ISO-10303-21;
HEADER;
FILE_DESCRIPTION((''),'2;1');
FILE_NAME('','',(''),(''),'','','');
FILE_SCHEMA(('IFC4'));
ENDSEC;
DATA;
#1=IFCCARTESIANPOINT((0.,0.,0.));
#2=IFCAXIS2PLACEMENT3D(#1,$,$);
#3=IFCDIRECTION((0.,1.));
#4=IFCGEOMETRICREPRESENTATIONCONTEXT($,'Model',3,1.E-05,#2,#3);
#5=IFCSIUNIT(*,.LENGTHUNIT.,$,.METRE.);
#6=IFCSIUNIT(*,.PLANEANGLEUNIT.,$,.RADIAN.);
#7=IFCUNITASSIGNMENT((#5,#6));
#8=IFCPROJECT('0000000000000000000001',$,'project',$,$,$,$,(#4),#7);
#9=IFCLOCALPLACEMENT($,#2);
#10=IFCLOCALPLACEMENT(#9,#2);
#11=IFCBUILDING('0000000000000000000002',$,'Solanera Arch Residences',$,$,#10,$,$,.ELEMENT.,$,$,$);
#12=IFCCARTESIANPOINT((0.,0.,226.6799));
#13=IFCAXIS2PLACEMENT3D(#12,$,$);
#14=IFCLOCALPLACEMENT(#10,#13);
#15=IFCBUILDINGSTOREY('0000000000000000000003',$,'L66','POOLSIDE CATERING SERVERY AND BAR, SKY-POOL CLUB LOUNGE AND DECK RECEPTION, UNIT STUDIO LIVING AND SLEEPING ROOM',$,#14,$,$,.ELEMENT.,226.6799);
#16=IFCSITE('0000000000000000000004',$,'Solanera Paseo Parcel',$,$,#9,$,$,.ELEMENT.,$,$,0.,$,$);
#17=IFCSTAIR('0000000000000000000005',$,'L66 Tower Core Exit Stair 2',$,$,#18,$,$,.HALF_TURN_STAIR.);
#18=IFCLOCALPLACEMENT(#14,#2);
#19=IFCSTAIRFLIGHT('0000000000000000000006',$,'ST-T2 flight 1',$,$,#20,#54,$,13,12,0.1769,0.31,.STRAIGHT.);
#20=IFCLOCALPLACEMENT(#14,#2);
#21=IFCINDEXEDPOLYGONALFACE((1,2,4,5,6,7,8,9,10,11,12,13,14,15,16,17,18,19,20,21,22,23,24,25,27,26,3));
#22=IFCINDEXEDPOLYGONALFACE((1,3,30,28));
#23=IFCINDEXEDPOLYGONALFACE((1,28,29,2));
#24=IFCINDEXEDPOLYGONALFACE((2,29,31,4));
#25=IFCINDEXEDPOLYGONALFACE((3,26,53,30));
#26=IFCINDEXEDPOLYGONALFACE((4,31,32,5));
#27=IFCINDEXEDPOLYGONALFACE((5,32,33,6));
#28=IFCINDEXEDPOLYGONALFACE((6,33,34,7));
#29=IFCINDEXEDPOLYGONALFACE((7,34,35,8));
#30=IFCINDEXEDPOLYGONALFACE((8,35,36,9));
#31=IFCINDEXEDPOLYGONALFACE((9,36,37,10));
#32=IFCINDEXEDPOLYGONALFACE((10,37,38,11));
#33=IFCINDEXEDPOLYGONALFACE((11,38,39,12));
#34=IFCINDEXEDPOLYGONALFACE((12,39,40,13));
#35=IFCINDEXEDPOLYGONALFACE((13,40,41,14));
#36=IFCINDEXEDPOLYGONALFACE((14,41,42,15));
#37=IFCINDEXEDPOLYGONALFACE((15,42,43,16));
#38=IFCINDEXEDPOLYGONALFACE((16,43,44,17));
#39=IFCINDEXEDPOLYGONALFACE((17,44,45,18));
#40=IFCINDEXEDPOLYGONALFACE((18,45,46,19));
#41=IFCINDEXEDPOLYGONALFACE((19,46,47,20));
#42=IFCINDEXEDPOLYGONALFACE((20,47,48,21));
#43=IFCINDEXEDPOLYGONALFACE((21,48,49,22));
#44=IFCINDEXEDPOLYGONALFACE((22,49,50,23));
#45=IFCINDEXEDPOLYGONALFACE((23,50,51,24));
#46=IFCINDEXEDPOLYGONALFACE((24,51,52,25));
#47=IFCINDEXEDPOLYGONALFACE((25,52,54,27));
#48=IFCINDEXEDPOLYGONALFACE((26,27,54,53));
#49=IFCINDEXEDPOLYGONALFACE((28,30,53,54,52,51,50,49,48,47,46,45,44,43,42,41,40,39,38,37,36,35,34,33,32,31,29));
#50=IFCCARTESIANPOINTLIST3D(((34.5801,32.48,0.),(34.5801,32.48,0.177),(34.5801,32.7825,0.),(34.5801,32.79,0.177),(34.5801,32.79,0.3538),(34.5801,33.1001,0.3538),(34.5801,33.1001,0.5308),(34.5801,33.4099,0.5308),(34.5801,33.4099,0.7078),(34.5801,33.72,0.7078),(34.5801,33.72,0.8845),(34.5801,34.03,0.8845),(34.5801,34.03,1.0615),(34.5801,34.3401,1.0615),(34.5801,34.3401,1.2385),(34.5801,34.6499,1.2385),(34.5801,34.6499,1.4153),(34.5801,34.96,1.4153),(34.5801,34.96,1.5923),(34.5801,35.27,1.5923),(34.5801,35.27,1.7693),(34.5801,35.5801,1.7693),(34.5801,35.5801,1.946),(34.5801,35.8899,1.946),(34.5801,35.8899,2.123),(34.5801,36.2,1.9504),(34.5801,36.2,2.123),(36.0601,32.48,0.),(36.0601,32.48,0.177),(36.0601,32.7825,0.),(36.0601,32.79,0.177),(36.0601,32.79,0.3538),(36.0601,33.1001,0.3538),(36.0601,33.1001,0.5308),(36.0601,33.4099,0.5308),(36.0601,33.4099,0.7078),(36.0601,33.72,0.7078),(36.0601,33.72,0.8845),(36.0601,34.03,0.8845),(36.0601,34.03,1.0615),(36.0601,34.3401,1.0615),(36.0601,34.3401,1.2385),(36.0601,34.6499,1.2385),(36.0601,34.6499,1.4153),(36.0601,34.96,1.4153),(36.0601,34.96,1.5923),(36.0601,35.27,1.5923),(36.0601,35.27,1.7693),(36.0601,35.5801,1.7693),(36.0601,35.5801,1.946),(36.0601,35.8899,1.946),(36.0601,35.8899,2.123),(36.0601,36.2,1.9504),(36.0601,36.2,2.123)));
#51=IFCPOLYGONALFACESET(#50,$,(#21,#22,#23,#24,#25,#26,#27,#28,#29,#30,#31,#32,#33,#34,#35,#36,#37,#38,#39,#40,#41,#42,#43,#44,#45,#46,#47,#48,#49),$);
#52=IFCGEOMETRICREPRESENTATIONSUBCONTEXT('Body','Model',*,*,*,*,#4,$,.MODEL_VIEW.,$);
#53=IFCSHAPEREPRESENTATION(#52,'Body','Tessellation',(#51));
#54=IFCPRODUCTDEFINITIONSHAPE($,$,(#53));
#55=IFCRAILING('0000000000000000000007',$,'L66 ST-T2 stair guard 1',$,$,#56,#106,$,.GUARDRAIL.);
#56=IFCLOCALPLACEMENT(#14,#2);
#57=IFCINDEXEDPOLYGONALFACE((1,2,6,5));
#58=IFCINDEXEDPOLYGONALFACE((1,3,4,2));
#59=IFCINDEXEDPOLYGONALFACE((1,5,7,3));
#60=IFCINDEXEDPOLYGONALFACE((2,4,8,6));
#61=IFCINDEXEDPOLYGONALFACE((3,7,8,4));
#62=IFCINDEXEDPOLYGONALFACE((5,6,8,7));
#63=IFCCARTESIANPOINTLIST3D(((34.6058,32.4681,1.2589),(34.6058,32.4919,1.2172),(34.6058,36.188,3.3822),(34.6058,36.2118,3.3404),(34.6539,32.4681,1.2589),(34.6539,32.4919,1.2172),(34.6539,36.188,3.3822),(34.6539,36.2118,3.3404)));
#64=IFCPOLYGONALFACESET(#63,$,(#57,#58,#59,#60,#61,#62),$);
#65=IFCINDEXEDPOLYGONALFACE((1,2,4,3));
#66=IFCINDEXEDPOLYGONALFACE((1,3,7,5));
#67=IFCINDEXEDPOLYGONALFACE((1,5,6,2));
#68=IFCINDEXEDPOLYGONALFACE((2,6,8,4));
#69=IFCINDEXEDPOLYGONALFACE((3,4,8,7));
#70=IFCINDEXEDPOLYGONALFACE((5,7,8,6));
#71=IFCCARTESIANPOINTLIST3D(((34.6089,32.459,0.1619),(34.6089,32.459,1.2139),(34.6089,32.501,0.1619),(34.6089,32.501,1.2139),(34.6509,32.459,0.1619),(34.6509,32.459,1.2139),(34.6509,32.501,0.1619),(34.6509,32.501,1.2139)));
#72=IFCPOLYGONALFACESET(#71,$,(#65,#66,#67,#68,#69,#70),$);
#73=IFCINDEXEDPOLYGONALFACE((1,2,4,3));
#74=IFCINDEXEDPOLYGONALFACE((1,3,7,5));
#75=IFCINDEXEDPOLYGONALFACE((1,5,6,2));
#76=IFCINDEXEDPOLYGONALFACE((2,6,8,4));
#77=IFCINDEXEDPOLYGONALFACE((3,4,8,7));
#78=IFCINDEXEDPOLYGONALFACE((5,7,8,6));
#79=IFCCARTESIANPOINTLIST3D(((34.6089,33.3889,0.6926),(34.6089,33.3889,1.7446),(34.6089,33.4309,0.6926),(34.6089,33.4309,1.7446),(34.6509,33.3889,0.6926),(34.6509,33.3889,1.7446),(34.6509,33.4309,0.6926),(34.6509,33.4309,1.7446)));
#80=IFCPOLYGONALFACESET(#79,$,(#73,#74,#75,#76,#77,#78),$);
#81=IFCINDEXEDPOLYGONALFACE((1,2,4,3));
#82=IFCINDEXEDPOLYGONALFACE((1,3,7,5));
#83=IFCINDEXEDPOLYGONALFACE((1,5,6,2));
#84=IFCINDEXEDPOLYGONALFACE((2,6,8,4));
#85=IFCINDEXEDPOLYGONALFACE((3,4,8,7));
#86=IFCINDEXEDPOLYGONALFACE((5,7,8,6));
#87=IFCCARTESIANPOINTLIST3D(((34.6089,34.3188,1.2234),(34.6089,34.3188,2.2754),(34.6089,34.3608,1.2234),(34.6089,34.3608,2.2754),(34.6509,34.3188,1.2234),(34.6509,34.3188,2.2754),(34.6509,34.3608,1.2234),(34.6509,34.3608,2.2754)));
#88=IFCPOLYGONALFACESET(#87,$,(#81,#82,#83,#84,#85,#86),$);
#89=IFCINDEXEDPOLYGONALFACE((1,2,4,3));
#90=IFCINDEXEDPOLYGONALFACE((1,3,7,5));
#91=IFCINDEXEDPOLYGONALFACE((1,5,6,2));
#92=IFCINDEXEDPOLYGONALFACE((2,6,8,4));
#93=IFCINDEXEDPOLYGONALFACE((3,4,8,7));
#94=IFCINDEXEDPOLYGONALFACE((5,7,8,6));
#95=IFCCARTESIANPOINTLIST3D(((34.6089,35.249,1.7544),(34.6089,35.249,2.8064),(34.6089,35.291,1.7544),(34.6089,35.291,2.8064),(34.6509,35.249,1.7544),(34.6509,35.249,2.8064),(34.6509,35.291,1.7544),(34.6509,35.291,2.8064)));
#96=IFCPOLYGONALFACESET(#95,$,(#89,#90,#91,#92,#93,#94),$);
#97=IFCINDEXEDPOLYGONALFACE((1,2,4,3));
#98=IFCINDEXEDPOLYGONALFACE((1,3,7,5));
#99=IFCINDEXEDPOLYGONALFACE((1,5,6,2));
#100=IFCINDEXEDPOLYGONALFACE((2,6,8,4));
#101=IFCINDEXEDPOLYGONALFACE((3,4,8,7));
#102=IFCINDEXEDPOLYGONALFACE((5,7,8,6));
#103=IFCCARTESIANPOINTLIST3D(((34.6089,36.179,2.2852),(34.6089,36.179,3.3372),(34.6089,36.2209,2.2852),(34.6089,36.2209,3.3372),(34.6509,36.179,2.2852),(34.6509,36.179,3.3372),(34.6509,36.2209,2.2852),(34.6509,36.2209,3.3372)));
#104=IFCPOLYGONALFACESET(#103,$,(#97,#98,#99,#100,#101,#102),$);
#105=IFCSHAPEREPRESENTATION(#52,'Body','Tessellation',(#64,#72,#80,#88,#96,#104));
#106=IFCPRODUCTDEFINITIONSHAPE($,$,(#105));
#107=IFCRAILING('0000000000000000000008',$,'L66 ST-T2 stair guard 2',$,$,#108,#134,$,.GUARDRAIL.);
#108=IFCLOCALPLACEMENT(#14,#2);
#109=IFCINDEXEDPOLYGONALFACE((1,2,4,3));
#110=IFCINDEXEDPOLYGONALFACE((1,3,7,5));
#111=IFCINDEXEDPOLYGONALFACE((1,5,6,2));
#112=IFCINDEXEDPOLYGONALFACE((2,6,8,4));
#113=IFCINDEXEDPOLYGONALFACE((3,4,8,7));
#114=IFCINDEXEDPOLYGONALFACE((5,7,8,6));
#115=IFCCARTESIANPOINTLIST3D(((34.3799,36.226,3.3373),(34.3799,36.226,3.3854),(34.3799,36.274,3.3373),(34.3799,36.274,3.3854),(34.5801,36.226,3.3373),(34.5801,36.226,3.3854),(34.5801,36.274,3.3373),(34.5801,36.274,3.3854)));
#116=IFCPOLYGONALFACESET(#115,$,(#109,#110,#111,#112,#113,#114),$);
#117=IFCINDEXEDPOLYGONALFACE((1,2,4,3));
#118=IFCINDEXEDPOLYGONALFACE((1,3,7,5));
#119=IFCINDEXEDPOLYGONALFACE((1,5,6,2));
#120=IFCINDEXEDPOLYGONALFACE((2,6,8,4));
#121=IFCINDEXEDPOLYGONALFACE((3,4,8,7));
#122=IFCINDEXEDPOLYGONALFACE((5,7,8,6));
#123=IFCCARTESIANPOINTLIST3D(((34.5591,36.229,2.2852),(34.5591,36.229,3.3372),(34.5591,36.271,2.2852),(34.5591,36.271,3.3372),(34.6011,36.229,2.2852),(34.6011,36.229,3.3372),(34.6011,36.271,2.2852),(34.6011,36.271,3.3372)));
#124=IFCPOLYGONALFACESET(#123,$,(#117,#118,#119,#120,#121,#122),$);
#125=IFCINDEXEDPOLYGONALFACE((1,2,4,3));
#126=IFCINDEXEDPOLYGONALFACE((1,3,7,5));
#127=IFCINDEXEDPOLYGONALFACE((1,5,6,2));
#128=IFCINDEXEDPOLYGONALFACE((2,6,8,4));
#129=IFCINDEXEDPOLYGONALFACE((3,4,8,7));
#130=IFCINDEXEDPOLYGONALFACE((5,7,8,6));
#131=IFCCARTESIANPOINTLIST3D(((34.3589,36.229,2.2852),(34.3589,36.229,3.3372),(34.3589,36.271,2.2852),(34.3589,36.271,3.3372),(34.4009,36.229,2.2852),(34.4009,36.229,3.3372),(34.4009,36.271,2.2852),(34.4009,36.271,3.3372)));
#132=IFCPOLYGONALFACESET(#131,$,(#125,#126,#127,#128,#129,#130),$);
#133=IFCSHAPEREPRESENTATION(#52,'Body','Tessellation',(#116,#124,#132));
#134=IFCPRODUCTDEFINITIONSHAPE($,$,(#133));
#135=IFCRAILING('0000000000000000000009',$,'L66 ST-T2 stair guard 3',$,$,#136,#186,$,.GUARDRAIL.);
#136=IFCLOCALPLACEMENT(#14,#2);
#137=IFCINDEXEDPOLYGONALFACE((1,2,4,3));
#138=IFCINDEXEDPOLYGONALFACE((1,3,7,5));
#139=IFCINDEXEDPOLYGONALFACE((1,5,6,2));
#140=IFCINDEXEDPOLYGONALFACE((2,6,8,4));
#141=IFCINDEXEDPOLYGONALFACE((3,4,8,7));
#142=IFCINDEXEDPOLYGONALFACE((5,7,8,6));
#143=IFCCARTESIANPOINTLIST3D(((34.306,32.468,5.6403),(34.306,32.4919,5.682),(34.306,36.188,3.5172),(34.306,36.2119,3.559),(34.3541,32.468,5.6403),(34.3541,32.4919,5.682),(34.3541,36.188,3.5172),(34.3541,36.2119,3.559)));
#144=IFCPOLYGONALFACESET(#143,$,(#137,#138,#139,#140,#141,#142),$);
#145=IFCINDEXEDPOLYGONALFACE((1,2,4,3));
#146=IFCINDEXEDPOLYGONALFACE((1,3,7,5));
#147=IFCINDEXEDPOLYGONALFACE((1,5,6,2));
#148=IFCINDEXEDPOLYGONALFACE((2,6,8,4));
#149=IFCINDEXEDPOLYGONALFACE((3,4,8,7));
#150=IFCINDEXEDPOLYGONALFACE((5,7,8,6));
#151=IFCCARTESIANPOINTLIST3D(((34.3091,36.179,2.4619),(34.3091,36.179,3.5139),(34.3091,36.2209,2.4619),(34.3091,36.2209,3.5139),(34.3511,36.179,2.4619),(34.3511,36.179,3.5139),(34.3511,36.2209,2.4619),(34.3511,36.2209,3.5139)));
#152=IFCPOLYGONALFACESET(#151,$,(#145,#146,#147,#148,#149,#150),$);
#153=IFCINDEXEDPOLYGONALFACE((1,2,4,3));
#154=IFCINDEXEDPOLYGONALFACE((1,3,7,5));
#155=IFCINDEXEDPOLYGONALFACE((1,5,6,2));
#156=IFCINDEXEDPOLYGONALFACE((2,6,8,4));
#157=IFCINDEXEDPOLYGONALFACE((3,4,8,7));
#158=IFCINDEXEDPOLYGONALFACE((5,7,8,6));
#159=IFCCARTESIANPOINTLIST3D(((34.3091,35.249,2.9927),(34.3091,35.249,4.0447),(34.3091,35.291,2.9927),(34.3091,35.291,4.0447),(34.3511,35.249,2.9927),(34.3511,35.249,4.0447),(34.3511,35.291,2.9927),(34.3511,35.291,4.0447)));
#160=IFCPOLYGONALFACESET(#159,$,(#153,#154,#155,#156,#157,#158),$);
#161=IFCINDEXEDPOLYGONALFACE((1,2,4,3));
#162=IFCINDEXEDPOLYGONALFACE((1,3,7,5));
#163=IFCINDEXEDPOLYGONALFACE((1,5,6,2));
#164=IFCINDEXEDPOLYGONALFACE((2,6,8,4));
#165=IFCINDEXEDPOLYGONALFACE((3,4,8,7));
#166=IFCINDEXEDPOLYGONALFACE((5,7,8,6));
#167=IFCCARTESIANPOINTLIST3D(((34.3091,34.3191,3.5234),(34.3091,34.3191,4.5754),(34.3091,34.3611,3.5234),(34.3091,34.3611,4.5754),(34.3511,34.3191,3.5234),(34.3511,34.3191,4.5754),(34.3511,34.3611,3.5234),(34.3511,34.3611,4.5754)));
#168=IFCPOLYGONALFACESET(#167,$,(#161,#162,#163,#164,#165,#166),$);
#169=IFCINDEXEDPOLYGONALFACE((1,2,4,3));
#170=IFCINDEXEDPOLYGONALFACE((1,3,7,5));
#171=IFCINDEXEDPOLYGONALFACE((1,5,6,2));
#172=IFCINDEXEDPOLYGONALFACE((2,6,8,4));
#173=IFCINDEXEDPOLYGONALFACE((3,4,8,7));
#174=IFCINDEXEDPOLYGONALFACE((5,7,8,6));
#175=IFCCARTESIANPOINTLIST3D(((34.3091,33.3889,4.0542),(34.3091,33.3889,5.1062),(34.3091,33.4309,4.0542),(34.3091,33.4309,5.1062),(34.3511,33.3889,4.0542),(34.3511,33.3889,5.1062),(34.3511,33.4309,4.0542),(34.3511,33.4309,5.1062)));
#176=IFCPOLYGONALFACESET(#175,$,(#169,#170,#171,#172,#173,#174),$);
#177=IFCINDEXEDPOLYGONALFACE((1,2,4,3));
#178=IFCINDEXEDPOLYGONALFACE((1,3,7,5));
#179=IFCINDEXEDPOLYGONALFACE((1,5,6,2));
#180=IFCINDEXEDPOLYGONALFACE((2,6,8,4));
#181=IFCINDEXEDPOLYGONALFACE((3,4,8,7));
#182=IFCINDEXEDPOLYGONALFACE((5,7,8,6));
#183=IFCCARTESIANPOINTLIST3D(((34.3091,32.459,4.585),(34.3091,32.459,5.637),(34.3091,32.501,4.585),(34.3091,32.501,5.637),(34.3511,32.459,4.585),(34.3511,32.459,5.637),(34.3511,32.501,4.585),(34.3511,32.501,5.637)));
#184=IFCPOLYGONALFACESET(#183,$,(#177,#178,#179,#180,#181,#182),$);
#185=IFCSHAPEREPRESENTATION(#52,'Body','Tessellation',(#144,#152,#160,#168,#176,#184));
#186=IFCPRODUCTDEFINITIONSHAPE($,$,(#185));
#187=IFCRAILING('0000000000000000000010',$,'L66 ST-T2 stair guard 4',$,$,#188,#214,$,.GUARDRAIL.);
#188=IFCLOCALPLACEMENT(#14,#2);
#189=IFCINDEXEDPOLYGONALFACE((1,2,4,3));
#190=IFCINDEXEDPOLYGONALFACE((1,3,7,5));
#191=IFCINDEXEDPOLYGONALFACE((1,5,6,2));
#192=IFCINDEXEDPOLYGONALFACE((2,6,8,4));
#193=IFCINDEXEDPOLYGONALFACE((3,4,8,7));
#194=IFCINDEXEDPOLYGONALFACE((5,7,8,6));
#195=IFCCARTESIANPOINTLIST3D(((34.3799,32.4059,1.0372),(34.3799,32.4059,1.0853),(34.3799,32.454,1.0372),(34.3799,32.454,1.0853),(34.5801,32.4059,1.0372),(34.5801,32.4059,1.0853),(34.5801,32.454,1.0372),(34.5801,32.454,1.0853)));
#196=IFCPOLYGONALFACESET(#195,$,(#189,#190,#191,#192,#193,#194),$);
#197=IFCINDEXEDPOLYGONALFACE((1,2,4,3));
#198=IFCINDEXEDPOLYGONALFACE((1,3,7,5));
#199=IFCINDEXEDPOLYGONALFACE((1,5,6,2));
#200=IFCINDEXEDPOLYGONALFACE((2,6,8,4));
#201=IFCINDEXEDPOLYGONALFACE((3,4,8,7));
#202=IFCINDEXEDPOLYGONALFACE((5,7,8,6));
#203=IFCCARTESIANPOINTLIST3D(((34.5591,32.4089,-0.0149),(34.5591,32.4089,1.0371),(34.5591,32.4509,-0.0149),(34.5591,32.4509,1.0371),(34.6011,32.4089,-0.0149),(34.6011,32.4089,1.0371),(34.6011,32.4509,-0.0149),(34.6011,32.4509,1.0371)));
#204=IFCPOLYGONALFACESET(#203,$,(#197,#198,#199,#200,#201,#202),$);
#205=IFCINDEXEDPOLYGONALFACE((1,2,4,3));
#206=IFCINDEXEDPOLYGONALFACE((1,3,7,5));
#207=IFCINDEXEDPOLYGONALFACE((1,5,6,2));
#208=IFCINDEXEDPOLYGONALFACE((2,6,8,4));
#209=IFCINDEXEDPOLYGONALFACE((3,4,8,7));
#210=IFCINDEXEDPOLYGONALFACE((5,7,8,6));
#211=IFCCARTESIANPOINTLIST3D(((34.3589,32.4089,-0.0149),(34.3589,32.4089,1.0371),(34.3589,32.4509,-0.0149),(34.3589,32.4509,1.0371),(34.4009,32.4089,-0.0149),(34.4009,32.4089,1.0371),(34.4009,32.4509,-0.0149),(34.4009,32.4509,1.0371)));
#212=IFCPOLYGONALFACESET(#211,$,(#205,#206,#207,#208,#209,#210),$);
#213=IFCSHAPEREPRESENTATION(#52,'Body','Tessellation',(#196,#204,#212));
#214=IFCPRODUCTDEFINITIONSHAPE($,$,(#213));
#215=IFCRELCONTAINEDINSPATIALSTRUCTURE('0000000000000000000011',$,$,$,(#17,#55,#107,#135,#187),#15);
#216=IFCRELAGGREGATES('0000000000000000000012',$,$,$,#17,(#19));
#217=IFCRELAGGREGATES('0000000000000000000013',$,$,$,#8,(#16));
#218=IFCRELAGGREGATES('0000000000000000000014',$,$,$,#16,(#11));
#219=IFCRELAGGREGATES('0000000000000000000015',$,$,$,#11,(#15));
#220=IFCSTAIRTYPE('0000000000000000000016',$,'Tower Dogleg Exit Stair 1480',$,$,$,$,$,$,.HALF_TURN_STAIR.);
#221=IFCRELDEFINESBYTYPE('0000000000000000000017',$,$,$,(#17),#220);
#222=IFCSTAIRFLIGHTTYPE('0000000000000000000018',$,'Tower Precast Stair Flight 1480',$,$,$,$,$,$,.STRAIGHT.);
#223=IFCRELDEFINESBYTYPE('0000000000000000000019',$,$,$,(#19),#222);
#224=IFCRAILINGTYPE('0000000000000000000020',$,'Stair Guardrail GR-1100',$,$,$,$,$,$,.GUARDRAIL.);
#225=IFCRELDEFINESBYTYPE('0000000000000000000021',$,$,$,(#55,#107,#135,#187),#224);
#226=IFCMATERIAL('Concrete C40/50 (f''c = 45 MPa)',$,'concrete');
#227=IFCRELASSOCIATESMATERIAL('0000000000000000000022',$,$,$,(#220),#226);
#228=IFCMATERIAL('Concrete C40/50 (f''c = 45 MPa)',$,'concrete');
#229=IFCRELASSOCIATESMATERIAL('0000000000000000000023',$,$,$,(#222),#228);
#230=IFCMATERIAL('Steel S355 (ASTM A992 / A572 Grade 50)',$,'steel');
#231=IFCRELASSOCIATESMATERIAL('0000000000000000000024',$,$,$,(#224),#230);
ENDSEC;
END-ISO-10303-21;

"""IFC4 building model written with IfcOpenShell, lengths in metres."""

from ifc_helpers import new_model, si_unit, direction, frame, origin, origin_2d, place, context, subcontext, project, spatial, polyline, rectangle, outline, extrude, material, type_object, element, aggregate, save


model = new_model("IFC4")

# Units and contexts
model_context = context("Model", 3, precision=1e-05, world=origin(), true_north=direction((0.0, 1.0)))
body_context = subcontext(model_context, "Body", "Model", "MODEL_VIEW")
ifc_project = project(units=[si_unit("LENGTHUNIT", "METRE"), si_unit("PLANEANGLEUNIT", "RADIAN")], contexts=[model_context])

# Site, building, storey
site_placement = place(None, origin())
site = spatial("IfcSite", under=ifc_project, at=site_placement, Name="Solanera Paseo Parcel", CompositionType="ELEMENT", RefElevation=0.0)
building_placement = place(site_placement, origin())
building = spatial("IfcBuilding", under=site, at=building_placement, Name="Solanera Arch Residences", CompositionType="ELEMENT")
storey_placement = place(building_placement, frame((0.0, 0.0, 226.6799)))
storey = spatial("IfcBuildingStorey", under=building, at=storey_placement, Name="L66", Description="POOLSIDE CATERING SERVERY AND BAR, SKY-POOL CLUB LOUNGE AND DECK RECEPTION, UNIT STUDIO LIVING AND SLEEPING ROOM", CompositionType="ELEMENT", Elevation=226.6799)

# Stair, stair flight
ifc_material_1 = material(Name="Concrete C40/50 (f'c = 45 MPa)", Category="concrete")
stair_type = type_object("IfcStairType", Name="Tower Dogleg Exit Stair 1480", PredefinedType="HALF_TURN_STAIR", material=ifc_material_1)
stair_placement = place(storey_placement, origin())
stair = element("IfcStair", 1, at=stair_placement, inside=storey, type_object=stair_type, Name="L66 Tower Core Exit Stair 2", PredefinedType="HALF_TURN_STAIR")
ifc_material_2 = material(Name="Concrete C40/50 (f'c = 45 MPa)", Category="concrete")
stair_flight_type = type_object("IfcStairFlightType", Name="Tower Precast Stair Flight 1480", PredefinedType="STRAIGHT", material=ifc_material_2)
stair_flight_placement = place(storey_placement, frame((35.3201, 32.48, 0.0), z_axis=(0.0, 0.0, 1.0), x_axis=(0.0, 1.0, 0.0)))
stair_flight = element("IfcStairFlight", 2, at=stair_flight_placement, type_object=stair_flight_type, Name="ST-T2 flight 1", NumberOfRisers=13, NumberOfTreads=12, PredefinedType="STRAIGHT", RiserHeight=0.1769, TreadLength=0.31, context=body_context, shape_type="SweptSolid", body=[
    extrude(outline(polyline([(0.0, 0.0), (0.0, 0.177), (0.3101, 0.177), (0.3101, 0.3538), (0.6201, 0.3538), (0.6201, 0.5308), (0.9299, 0.5308), (0.9299, 0.7078), (1.24, 0.7078), (1.24, 0.8845), (1.55, 0.8845), (1.55, 1.0615), (1.8601, 1.0615), (1.8601, 1.2385), (2.1699, 1.2385), (2.1699, 1.4153), (2.48, 1.4153), (2.48, 1.5923), (2.79, 1.5923), (2.79, 1.7693), (3.1001, 1.7693), (3.1001, 1.946), (3.4099, 1.946), (3.4099, 2.123), (3.72, 2.123), (3.72, 2.3), (3.72, 1.9504), (0.3025, 0.0), (0.0, 0.0)])), frame((0.0, 0.74, 0.0), z_axis=(0.0, -1.0, 0.0), x_axis=(1.0, 0.0, 0.0)), (0.0, 0.0, 1.0), 1.48),
])
aggregate(stair, [stair_flight])

# Railings
ifc_material_3 = material(Name="Steel S355 (ASTM A992 / A572 Grade 50)", Category="steel")
railing_type_1 = type_object("IfcRailingType", Name="Stair Guardrail GR-1100", PredefinedType="GUARDRAIL", material=ifc_material_3)
railing_1_placement = place(storey_placement, frame((34.6299, 32.48, 0.1619)))
element("IfcRailing", 3, at=railing_1_placement, inside=storey, type_object=railing_type_1, Name="L66 ST-T2 stair guard 1", PredefinedType="GUARDRAIL", context=body_context, shape_type="SweptSolid", body=[
    extrude(rectangle(XDim=0.0481, YDim=0.0481, at=origin_2d()), frame((0.0, 0.0, 1.0762), z_axis=(0.0, 0.868485, 0.495715), x_axis=(-1.0, 0.0, 0.0)), (0.0, 0.0, 1.0), 4.2832),
    extrude(rectangle(XDim=0.042, YDim=0.042, at=origin_2d()), origin(), (0.0, 0.0, 1.0), 1.052),
    extrude(rectangle(XDim=0.042, YDim=0.042, at=origin_2d()), frame((0.0, 0.9299, 0.5308)), (0.0, 0.0, 1.0), 1.052),
    extrude(rectangle(XDim=0.042, YDim=0.042, at=origin_2d()), frame((0.0, 1.8599, 1.0615)), (0.0, 0.0, 1.0), 1.052),
    extrude(rectangle(XDim=0.042, YDim=0.042, at=origin_2d()), frame((0.0, 2.79, 1.5925)), (0.0, 0.0, 1.0), 1.052),
    extrude(rectangle(XDim=0.042, YDim=0.042, at=origin_2d()), frame((0.0, 3.72, 2.1233)), (0.0, 0.0, 1.0), 1.052),
])
railing_2_placement = place(storey_placement, frame((34.5801, 36.25, 2.2852)))
element("IfcRailing", 4, at=railing_2_placement, inside=storey, type_object=railing_type_1, Name="L66 ST-T2 stair guard 2", PredefinedType="GUARDRAIL", context=body_context, shape_type="SweptSolid", body=[
    extrude(rectangle(XDim=0.0481, YDim=0.0481, at=origin_2d()), frame((0.0, 0.0, 1.0762), z_axis=(-1.0, 0.0, 0.0), x_axis=(0.0, -1.0, 0.0)), (0.0, 0.0, 1.0), 0.2002),
    extrude(rectangle(XDim=0.042, YDim=0.042, at=origin_2d()), origin(), (0.0, 0.0, 1.0), 1.052),
    extrude(rectangle(XDim=0.042, YDim=0.042, at=origin_2d()), frame((-0.2002, 0.0, 0.0)), (0.0, 0.0, 1.0), 1.052),
])
railing_3_placement = place(storey_placement, frame((34.3301, 36.2, 2.4619)))
element("IfcRailing", 5, at=railing_3_placement, inside=storey, type_object=railing_type_1, Name="L66 ST-T2 stair guard 3", PredefinedType="GUARDRAIL", context=body_context, shape_type="SweptSolid", body=[
    extrude(rectangle(XDim=0.0481, YDim=0.0481, at=origin_2d()), frame((0.0, 0.0, 1.0762), z_axis=(0.0, -0.86851, 0.495672), x_axis=(1.0, 0.0, 0.0)), (0.0, 0.0, 1.0), 4.2832),
    extrude(rectangle(XDim=0.042, YDim=0.042, at=origin_2d()), origin(), (0.0, 0.0, 1.0), 1.052),
    extrude(rectangle(XDim=0.042, YDim=0.042, at=origin_2d()), frame((0.0, -0.9299, 0.5308)), (0.0, 0.0, 1.0), 1.052),
    extrude(rectangle(XDim=0.042, YDim=0.042, at=origin_2d()), frame((0.0, -1.8599, 1.0615)), (0.0, 0.0, 1.0), 1.052),
    extrude(rectangle(XDim=0.042, YDim=0.042, at=origin_2d()), frame((0.0, -2.79, 1.5923)), (0.0, 0.0, 1.0), 1.052),
    extrude(rectangle(XDim=0.042, YDim=0.042, at=origin_2d()), frame((0.0, -3.72, 2.123)), (0.0, 0.0, 1.0), 1.052),
])
railing_4_placement = place(storey_placement, frame((34.5801, 32.4299, -0.0149)))
element("IfcRailing", 6, at=railing_4_placement, inside=storey, type_object=railing_type_1, Name="L66 ST-T2 stair guard 4", PredefinedType="GUARDRAIL", context=body_context, shape_type="SweptSolid", body=[
    extrude(rectangle(XDim=0.0481, YDim=0.0481, at=origin_2d()), frame((0.0, 0.0, 1.0762), z_axis=(-1.0, 0.0, 0.0), x_axis=(0.0, -1.0, 0.0)), (0.0, 0.0, 1.0), 0.2002),
    extrude(rectangle(XDim=0.042, YDim=0.042, at=origin_2d()), origin(), (0.0, 0.0, 1.0), 1.052),
    extrude(rectangle(XDim=0.042, YDim=0.042, at=origin_2d()), frame((-0.2002, 0.0, 0.0)), (0.0, 0.0, 1.0), 1.052),
])

save(model, "model.ifc")
